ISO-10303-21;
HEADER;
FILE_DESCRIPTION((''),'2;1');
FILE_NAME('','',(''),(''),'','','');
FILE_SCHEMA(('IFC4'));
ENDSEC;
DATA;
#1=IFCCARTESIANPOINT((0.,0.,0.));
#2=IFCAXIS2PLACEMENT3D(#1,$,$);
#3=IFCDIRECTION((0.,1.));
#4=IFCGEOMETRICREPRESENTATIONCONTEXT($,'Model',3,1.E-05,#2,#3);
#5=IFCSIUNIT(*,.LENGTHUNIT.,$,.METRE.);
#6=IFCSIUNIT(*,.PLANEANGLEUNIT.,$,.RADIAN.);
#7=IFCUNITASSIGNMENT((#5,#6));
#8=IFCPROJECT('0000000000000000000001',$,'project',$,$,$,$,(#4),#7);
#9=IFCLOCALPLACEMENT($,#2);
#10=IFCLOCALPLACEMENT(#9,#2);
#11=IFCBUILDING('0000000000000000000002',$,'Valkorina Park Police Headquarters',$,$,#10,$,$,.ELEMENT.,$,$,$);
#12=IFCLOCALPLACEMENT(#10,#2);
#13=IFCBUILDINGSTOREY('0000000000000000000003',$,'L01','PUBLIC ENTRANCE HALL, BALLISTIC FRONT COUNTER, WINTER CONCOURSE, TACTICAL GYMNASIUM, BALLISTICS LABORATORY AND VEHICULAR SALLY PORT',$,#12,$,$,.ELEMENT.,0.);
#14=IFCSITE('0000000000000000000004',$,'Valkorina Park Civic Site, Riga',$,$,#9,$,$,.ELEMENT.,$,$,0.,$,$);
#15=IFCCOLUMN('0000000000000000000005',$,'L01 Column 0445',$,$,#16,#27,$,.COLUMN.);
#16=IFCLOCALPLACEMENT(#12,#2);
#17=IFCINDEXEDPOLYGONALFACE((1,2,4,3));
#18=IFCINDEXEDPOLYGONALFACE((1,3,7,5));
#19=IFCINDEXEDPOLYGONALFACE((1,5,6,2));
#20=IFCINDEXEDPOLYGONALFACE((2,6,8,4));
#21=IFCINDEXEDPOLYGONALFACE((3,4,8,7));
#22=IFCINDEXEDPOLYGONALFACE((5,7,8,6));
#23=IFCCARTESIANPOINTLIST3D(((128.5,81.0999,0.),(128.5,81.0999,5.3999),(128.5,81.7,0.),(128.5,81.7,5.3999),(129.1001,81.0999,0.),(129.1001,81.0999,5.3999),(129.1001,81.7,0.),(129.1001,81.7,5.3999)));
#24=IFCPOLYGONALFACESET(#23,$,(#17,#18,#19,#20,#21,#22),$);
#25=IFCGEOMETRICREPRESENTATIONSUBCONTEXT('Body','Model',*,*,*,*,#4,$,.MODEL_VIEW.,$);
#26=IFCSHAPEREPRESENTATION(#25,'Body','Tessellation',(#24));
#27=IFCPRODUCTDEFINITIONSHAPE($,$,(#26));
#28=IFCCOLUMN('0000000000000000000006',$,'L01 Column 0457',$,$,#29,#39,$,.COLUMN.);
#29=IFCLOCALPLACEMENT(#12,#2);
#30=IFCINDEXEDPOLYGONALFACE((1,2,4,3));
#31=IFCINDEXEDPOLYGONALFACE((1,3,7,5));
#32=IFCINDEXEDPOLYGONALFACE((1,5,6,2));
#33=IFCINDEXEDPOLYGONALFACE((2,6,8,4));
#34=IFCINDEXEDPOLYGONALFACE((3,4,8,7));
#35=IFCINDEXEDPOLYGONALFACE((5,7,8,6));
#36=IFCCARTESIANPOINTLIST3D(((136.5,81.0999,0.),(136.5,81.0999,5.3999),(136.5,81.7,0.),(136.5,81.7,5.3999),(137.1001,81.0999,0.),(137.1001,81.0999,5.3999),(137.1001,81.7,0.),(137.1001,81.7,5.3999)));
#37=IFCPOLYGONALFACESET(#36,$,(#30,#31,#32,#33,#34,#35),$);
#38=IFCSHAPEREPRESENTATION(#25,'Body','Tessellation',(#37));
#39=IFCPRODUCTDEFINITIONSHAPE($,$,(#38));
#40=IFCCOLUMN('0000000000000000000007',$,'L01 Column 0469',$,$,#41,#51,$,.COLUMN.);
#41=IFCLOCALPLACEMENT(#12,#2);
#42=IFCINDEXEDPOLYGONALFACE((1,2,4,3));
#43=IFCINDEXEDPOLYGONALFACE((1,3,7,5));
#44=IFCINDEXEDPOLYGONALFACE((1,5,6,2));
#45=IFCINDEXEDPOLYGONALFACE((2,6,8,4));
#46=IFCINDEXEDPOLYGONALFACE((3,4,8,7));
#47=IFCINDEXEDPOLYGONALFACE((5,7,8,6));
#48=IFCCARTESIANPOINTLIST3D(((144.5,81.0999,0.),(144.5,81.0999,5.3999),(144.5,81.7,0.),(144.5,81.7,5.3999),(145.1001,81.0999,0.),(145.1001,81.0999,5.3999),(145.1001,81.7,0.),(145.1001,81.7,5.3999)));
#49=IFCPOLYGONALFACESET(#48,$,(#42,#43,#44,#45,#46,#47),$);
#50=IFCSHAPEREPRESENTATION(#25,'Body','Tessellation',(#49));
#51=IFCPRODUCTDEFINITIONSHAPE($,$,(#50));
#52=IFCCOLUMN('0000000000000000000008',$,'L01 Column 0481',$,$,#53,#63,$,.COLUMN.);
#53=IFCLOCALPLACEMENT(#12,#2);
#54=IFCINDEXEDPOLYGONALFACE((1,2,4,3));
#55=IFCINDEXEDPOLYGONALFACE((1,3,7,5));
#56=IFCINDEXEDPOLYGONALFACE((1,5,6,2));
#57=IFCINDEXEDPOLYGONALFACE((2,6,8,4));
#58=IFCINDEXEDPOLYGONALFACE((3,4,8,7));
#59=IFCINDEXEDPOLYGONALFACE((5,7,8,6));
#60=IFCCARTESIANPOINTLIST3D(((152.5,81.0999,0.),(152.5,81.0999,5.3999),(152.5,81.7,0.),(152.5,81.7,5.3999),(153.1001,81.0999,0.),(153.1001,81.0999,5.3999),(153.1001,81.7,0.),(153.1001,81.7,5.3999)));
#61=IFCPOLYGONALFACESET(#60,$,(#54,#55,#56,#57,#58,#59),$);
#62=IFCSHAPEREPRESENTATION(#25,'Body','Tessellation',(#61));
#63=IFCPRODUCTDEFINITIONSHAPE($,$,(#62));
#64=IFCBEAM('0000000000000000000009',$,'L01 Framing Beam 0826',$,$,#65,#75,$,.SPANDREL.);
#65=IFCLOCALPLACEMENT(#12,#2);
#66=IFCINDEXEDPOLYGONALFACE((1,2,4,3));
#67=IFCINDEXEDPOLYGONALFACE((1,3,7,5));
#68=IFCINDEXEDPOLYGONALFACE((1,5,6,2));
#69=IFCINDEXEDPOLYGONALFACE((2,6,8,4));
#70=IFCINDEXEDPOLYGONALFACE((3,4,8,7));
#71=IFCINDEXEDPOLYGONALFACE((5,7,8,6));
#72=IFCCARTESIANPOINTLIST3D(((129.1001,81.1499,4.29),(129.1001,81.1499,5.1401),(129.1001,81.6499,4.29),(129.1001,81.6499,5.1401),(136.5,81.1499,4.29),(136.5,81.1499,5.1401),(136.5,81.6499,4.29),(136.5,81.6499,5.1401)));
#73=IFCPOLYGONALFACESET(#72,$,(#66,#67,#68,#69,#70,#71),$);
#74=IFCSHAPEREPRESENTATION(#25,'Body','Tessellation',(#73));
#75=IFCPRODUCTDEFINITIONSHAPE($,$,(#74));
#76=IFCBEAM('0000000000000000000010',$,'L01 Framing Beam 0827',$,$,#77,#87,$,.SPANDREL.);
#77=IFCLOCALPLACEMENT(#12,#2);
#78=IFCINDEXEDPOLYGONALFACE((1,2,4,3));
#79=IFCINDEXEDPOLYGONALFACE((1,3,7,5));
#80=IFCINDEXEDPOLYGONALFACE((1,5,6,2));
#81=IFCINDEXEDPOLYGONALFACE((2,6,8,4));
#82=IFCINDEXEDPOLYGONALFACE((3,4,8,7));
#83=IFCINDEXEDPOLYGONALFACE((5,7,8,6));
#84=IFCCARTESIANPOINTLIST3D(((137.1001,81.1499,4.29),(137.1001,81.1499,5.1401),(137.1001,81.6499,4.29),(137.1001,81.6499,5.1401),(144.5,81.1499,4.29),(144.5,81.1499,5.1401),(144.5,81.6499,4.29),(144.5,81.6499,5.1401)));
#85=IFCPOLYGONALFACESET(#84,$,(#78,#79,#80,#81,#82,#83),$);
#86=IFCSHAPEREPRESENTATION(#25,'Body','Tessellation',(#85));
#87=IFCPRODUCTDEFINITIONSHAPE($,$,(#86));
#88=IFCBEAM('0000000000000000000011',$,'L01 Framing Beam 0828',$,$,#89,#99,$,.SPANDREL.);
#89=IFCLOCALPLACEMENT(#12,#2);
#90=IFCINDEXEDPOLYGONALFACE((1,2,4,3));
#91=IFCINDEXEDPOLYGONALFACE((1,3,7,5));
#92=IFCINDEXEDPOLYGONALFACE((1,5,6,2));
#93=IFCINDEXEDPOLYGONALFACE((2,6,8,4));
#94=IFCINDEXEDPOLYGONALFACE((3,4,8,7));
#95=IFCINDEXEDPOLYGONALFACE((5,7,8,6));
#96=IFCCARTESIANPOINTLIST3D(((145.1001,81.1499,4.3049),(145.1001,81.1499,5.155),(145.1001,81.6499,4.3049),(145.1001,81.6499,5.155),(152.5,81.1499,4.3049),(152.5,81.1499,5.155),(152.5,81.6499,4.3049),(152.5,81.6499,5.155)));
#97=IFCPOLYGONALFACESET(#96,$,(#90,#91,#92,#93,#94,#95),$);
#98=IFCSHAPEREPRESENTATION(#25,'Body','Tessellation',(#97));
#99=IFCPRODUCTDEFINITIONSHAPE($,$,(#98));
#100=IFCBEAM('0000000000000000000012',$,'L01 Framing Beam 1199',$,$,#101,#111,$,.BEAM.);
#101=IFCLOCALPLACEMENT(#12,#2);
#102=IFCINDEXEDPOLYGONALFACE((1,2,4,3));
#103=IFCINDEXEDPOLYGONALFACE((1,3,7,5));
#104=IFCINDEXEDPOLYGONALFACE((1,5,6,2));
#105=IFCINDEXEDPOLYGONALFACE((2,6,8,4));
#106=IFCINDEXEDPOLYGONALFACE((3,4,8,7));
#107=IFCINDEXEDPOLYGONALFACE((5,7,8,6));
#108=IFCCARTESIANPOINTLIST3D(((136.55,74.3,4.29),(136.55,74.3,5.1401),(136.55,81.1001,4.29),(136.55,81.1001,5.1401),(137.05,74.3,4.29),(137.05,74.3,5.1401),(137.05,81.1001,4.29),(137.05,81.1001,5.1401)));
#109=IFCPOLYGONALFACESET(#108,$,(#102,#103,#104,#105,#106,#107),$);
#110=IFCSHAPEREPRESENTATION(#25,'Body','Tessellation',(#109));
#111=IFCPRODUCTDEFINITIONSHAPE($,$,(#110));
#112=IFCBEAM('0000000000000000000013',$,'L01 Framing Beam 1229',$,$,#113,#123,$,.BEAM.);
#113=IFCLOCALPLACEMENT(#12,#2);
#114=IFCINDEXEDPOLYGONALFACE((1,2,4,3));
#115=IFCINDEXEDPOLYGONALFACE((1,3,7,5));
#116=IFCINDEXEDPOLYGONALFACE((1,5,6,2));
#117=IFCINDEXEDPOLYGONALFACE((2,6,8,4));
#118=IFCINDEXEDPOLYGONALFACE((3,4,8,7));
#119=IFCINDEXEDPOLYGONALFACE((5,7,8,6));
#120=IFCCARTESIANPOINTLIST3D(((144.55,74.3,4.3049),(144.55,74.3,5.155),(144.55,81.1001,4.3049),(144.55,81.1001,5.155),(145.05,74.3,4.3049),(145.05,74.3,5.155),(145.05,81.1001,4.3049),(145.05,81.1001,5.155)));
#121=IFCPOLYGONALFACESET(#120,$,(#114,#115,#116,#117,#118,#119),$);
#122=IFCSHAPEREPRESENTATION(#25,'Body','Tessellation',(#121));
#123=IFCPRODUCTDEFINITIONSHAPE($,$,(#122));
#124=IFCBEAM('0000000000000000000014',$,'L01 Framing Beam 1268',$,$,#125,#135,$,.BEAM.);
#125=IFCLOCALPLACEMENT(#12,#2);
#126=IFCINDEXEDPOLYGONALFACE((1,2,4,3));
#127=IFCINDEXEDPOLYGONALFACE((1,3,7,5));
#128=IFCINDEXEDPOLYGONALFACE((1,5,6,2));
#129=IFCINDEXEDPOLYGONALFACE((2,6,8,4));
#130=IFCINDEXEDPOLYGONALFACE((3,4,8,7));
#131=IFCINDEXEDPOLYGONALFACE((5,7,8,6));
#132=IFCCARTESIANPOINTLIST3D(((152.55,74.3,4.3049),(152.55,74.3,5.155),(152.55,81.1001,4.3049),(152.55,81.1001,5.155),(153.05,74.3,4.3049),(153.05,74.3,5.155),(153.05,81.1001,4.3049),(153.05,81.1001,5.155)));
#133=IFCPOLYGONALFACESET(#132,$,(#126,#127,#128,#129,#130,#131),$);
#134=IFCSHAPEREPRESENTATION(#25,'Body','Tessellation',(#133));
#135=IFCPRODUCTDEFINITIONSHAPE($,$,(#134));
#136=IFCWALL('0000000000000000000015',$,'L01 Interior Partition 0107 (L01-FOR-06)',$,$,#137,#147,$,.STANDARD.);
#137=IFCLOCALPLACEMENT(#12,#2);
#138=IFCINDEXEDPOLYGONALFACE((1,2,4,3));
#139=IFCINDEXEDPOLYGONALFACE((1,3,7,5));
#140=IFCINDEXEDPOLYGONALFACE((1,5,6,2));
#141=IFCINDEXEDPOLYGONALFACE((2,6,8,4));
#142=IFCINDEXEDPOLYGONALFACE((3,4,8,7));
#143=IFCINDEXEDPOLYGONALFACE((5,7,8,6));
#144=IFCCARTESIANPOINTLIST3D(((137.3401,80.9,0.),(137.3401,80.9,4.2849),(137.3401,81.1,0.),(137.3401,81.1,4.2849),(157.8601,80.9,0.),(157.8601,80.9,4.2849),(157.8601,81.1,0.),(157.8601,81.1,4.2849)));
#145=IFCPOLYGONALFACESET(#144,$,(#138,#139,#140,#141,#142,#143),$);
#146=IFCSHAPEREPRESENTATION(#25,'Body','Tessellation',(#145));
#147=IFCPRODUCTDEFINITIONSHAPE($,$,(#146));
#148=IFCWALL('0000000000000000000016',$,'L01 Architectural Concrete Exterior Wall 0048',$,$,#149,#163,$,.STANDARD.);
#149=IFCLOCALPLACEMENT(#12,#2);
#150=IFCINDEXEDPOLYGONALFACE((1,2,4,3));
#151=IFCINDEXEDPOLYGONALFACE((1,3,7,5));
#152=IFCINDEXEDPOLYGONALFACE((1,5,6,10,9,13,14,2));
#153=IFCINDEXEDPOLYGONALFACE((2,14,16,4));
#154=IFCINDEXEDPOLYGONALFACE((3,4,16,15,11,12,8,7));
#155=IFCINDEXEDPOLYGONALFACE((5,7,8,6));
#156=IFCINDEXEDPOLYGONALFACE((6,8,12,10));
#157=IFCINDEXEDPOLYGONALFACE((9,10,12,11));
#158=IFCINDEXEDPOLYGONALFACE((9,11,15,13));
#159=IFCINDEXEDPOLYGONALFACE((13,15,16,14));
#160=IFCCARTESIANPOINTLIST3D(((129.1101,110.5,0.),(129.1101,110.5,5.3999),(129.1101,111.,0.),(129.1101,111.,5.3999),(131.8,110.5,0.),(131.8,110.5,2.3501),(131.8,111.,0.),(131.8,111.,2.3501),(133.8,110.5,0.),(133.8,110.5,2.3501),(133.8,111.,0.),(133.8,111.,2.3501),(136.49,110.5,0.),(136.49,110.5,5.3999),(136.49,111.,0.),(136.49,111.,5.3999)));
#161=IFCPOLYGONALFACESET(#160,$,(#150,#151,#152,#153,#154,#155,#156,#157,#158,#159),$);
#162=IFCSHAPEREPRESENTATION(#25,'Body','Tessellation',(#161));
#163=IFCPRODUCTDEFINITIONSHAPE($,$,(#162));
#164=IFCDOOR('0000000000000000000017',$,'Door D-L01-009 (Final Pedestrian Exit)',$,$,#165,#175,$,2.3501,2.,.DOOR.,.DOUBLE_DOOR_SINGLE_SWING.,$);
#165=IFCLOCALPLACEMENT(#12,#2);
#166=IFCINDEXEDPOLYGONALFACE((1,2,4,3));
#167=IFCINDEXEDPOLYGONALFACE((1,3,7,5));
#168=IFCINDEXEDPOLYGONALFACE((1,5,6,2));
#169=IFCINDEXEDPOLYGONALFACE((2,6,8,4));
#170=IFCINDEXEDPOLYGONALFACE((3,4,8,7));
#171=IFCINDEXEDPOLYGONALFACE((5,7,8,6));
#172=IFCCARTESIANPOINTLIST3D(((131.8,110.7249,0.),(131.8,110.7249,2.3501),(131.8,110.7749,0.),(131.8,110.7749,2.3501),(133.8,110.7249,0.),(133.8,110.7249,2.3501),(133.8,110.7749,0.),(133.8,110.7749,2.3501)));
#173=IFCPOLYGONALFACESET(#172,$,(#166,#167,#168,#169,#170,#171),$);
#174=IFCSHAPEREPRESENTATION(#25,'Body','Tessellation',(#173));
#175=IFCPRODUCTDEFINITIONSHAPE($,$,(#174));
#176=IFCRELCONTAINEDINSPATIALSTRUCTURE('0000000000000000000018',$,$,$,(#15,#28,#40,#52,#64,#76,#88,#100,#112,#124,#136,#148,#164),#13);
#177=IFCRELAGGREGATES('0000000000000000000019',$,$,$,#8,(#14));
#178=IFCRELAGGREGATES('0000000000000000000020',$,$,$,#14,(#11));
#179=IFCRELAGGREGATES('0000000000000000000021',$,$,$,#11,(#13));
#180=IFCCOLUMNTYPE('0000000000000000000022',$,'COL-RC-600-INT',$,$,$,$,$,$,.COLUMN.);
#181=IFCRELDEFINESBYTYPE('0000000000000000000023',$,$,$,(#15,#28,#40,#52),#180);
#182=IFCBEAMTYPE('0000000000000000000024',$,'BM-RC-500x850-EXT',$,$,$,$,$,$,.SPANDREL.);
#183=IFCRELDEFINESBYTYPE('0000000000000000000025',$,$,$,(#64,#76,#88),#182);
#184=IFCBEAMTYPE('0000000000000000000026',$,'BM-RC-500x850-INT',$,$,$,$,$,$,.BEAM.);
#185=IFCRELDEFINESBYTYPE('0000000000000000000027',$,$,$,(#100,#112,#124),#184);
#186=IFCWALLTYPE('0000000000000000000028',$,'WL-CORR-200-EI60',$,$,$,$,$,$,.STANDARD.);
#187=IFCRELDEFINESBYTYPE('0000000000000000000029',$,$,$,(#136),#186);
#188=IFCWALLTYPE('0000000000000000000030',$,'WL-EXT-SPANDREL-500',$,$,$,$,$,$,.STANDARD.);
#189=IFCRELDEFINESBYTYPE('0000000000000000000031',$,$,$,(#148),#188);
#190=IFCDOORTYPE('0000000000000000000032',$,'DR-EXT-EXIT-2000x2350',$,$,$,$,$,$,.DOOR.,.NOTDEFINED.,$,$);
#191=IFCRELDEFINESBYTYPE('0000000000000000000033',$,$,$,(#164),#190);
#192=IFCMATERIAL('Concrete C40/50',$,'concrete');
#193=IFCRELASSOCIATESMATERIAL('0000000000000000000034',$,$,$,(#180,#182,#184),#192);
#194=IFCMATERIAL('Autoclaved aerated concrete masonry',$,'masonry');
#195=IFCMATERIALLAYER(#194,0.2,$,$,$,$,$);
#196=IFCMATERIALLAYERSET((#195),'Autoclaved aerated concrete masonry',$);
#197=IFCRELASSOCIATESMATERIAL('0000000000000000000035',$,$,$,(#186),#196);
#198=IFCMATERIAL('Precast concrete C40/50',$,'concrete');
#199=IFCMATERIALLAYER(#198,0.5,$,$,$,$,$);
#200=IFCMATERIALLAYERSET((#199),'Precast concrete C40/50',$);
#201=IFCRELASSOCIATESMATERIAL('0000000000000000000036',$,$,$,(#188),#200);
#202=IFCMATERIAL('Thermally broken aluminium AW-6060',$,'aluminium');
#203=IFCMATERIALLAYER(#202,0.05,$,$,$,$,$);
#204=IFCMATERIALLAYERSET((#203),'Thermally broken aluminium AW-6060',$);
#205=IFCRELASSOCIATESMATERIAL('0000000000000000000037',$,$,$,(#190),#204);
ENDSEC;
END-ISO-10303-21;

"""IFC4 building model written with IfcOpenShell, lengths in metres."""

from ifc_helpers import new_model, si_unit, direction, frame, frame_2d, origin, origin_2d, place, context, subcontext, project, spatial, rectangle, extrude, material, layer, layer_set, material_profile, profile_set, type_object, element, fill, save


model = new_model("IFC4")

# Units and contexts
model_context = context("Model", 3, precision=1e-05, world=origin(), true_north=direction((0.0, 1.0)))
body_context = subcontext(model_context, "Body", "Model", "MODEL_VIEW")
ifc_project = project(units=[si_unit("LENGTHUNIT", "METRE"), si_unit("PLANEANGLEUNIT", "RADIAN")], contexts=[model_context])

# Site, building, storey
site_placement = place(None, origin())
site = spatial("IfcSite", under=ifc_project, at=site_placement, Name="Valkorina Park Civic Site, Riga", CompositionType="ELEMENT", RefElevation=0.0)
building_placement = place(site_placement, origin())
building = spatial("IfcBuilding", under=site, at=building_placement, Name="Valkorina Park Police Headquarters", CompositionType="ELEMENT")
storey_placement = place(building_placement, origin())
storey = spatial("IfcBuildingStorey", under=building, at=storey_placement, Name="L01", Description="PUBLIC ENTRANCE HALL, BALLISTIC FRONT COUNTER, WINTER CONCOURSE, TACTICAL GYMNASIUM, BALLISTICS LABORATORY AND VEHICULAR SALLY PORT", CompositionType="ELEMENT", Elevation=0.0)

# Columns
ifc_material_1 = material(Name="Concrete C40/50", Category="concrete")
ifc_material_profile_1 = material_profile(ifc_material_1, rectangle(XDim=0.6001, YDim=0.6001, at=origin_2d()), Name="RC COL 600x600")
ifc_profile_set_1 = profile_set([ifc_material_profile_1], Name="Concrete C40/50")
column_type = type_object("IfcColumnType", Name="COL-RC-600-INT", PredefinedType="COLUMN", material=ifc_profile_set_1)
for number, where, z_axis, x_axis, name in (
    (1, (128.8, 81.3999, 0.0), (0.0, 0.0, 1.0), (1.0, 0.0, 0.0), "L01 Column 0445"),
    (2, (136.8, 81.3999, 0.0), (0.0, 0.0, 1.0), (1.0, 0.0, 0.0), "L01 Column 0457"),
    (3, (144.8, 81.3999, 0.0), (0.0, 0.0, 1.0), (1.0, 0.0, 0.0), "L01 Column 0469"),
    (4, (152.8, 81.3999, 0.0), (0.0, 0.0, 1.0), (1.0, 0.0, 0.0), "L01 Column 0481"),
):
    element("IfcColumn", number, at=place(storey_placement, frame(where, z_axis=z_axis, x_axis=x_axis)), inside=storey, type_object=column_type, Name=name, PredefinedType="COLUMN", context=body_context, shape_type="SweptSolid", body=[
        extrude(rectangle(XDim=0.6001, YDim=0.6001, at=origin_2d()), origin(), (0.0, 0.0, 1.0), 5.3999),
    ])

# Beams
ifc_material_profile_2 = material_profile(ifc_material_1, rectangle(XDim=0.5, YDim=0.8501, at=origin_2d()), Name="RC BEAM 500x850")
ifc_profile_set_2 = profile_set([ifc_material_profile_2], Name="Concrete C40/50")
beam_type_1 = type_object("IfcBeamType", Name="BM-RC-500x850-EXT", PredefinedType="SPANDREL", material=ifc_profile_set_2)
for number, where, z_axis, x_axis, name in (
    (5, (129.1001, 81.3999, 4.7151), (1.0, 0.0, 0.0), (0.0, 1.0, 0.0), "L01 Framing Beam 0826"),
    (6, (137.1001, 81.3999, 4.7151), (1.0, 0.0, 0.0), (0.0, 1.0, 0.0), "L01 Framing Beam 0827"),
    (7, (145.1001, 81.3999, 4.73), (1.0, 0.0, 0.0), (0.0, 1.0, 0.0), "L01 Framing Beam 0828"),
):
    element("IfcBeam", number, at=place(storey_placement, frame(where, z_axis=z_axis, x_axis=x_axis)), inside=storey, type_object=beam_type_1, Name=name, PredefinedType="SPANDREL", context=body_context, shape_type="SweptSolid", body=[
        extrude(rectangle(XDim=0.5, YDim=0.8501, at=origin_2d()), origin(), (0.0, 0.0, 1.0), 7.3999),
    ])
ifc_material_profile_3 = material_profile(ifc_material_1, rectangle(XDim=0.5, YDim=0.8501, at=origin_2d()), Name="RC BEAM 500x850")
ifc_profile_set_3 = profile_set([ifc_material_profile_3], Name="Concrete C40/50")
beam_type_2 = type_object("IfcBeamType", Name="BM-RC-500x850-INT", PredefinedType="BEAM", material=ifc_profile_set_3)
for number, where, z_axis, x_axis, name in (
    (8, (136.8, 74.3, 4.7151), (0.0, 1.0, 0.0), (-1.0, 0.0, 0.0), "L01 Framing Beam 1199"),
    (9, (144.8, 74.3, 4.73), (0.0, 1.0, 0.0), (-1.0, 0.0, 0.0), "L01 Framing Beam 1229"),
    (10, (152.8, 74.3, 4.73), (0.0, 1.0, 0.0), (-1.0, 0.0, 0.0), "L01 Framing Beam 1268"),
):
    element("IfcBeam", number, at=place(storey_placement, frame(where, z_axis=z_axis, x_axis=x_axis)), inside=storey, type_object=beam_type_2, Name=name, PredefinedType="BEAM", context=body_context, shape_type="SweptSolid", body=[
        extrude(rectangle(XDim=0.5, YDim=0.8501, at=origin_2d()), origin(), (0.0, 0.0, 1.0), 6.8),
    ])

# Wall
ifc_material_2 = material(Name="Autoclaved aerated concrete masonry", Category="masonry")
ifc_layer_1 = layer(ifc_material_2, 0.2)
ifc_layer_set_1 = layer_set([ifc_layer_1], Name="Autoclaved aerated concrete masonry")
wall_type_1 = type_object("IfcWallType", Name="WL-CORR-200-EI60", PredefinedType="STANDARD", material=ifc_layer_set_1)
wall_1_placement = place(storey_placement, frame((137.3401, 81.0, 0.0), z_axis=(0.0, 0.0, 1.0), x_axis=(1.0, 0.0, 0.0)))
element("IfcWall", 11, at=wall_1_placement, inside=storey, type_object=wall_type_1, Name="L01 Interior Partition 0107 (L01-FOR-06)", PredefinedType="STANDARD", context=body_context, shape_type="SweptSolid", body=[
    extrude(rectangle(XDim=20.52, YDim=0.2, at=frame_2d((10.26, 0.0))), origin(), (0.0, 0.0, 1.0), 4.2849),
])

# Wall, opening, door
ifc_material_3 = material(Name="Precast concrete C40/50", Category="concrete")
ifc_layer_2 = layer(ifc_material_3, 0.5)
ifc_layer_set_2 = layer_set([ifc_layer_2], Name="Precast concrete C40/50")
wall_type_2 = type_object("IfcWallType", Name="WL-EXT-SPANDREL-500", PredefinedType="STANDARD", material=ifc_layer_set_2)
wall_2_placement = place(storey_placement, frame((129.1101, 110.75, 0.0), z_axis=(0.0, 0.0, 1.0), x_axis=(1.0, 0.0, 0.0)))
wall_2 = element("IfcWall", 12, at=wall_2_placement, inside=storey, type_object=wall_type_2, Name="L01 Architectural Concrete Exterior Wall 0048", PredefinedType="STANDARD", context=body_context, shape_type="SweptSolid", body=[
    extrude(rectangle(XDim=7.3799, YDim=0.5, at=frame_2d((3.6899, 0.0))), origin(), (0.0, 0.0, 1.0), 5.3999),
])
opening_1_placement = place(wall_2_placement, frame((2.6899, 0.0, 0.0)))
opening_1 = element("IfcOpeningElement", 13, at=opening_1_placement, cuts=wall_2, PredefinedType="OPENING", context=body_context, shape_type="SweptSolid", body=[
    extrude(rectangle(XDim=2.0, YDim=2.3501, at=frame_2d((1.0, 1.175))), frame((0.0, 0.26, 0.0), z_axis=(0.0, -1.0, 0.0), x_axis=(1.0, 0.0, 0.0)), (0.0, 0.0, 1.0), 0.52),
])
ifc_material_4 = material(Name="Thermally broken aluminium AW-6060", Category="aluminium")
ifc_layer_3 = layer(ifc_material_4, 0.05)
ifc_layer_set_3 = layer_set([ifc_layer_3], Name="Thermally broken aluminium AW-6060")
door_type_1 = type_object("IfcDoorType", Name="DR-EXT-EXIT-2000x2350", OperationType="NOTDEFINED", PredefinedType="DOOR", material=ifc_layer_set_3)
door_1_placement = place(opening_1_placement, origin())
door_1 = element("IfcDoor", 14, at=door_1_placement, inside=storey, type_object=door_type_1, Name="Door D-L01-009 (Final Pedestrian Exit)", OperationType="DOUBLE_DOOR_SINGLE_SWING", OverallHeight=2.3501, OverallWidth=2.0, PredefinedType="DOOR", context=body_context, shape_type="SweptSolid", body=[
    extrude(rectangle(XDim=2.0, YDim=2.3501, at=frame_2d((1.0, 1.175))), frame((0.0, 0.0249, 0.0), z_axis=(0.0, -1.0, 0.0), x_axis=(1.0, 0.0, 0.0)), (0.0, 0.0, 1.0), 0.05),
])
fill(opening_1, door_1)

save(model, "model.ifc")
